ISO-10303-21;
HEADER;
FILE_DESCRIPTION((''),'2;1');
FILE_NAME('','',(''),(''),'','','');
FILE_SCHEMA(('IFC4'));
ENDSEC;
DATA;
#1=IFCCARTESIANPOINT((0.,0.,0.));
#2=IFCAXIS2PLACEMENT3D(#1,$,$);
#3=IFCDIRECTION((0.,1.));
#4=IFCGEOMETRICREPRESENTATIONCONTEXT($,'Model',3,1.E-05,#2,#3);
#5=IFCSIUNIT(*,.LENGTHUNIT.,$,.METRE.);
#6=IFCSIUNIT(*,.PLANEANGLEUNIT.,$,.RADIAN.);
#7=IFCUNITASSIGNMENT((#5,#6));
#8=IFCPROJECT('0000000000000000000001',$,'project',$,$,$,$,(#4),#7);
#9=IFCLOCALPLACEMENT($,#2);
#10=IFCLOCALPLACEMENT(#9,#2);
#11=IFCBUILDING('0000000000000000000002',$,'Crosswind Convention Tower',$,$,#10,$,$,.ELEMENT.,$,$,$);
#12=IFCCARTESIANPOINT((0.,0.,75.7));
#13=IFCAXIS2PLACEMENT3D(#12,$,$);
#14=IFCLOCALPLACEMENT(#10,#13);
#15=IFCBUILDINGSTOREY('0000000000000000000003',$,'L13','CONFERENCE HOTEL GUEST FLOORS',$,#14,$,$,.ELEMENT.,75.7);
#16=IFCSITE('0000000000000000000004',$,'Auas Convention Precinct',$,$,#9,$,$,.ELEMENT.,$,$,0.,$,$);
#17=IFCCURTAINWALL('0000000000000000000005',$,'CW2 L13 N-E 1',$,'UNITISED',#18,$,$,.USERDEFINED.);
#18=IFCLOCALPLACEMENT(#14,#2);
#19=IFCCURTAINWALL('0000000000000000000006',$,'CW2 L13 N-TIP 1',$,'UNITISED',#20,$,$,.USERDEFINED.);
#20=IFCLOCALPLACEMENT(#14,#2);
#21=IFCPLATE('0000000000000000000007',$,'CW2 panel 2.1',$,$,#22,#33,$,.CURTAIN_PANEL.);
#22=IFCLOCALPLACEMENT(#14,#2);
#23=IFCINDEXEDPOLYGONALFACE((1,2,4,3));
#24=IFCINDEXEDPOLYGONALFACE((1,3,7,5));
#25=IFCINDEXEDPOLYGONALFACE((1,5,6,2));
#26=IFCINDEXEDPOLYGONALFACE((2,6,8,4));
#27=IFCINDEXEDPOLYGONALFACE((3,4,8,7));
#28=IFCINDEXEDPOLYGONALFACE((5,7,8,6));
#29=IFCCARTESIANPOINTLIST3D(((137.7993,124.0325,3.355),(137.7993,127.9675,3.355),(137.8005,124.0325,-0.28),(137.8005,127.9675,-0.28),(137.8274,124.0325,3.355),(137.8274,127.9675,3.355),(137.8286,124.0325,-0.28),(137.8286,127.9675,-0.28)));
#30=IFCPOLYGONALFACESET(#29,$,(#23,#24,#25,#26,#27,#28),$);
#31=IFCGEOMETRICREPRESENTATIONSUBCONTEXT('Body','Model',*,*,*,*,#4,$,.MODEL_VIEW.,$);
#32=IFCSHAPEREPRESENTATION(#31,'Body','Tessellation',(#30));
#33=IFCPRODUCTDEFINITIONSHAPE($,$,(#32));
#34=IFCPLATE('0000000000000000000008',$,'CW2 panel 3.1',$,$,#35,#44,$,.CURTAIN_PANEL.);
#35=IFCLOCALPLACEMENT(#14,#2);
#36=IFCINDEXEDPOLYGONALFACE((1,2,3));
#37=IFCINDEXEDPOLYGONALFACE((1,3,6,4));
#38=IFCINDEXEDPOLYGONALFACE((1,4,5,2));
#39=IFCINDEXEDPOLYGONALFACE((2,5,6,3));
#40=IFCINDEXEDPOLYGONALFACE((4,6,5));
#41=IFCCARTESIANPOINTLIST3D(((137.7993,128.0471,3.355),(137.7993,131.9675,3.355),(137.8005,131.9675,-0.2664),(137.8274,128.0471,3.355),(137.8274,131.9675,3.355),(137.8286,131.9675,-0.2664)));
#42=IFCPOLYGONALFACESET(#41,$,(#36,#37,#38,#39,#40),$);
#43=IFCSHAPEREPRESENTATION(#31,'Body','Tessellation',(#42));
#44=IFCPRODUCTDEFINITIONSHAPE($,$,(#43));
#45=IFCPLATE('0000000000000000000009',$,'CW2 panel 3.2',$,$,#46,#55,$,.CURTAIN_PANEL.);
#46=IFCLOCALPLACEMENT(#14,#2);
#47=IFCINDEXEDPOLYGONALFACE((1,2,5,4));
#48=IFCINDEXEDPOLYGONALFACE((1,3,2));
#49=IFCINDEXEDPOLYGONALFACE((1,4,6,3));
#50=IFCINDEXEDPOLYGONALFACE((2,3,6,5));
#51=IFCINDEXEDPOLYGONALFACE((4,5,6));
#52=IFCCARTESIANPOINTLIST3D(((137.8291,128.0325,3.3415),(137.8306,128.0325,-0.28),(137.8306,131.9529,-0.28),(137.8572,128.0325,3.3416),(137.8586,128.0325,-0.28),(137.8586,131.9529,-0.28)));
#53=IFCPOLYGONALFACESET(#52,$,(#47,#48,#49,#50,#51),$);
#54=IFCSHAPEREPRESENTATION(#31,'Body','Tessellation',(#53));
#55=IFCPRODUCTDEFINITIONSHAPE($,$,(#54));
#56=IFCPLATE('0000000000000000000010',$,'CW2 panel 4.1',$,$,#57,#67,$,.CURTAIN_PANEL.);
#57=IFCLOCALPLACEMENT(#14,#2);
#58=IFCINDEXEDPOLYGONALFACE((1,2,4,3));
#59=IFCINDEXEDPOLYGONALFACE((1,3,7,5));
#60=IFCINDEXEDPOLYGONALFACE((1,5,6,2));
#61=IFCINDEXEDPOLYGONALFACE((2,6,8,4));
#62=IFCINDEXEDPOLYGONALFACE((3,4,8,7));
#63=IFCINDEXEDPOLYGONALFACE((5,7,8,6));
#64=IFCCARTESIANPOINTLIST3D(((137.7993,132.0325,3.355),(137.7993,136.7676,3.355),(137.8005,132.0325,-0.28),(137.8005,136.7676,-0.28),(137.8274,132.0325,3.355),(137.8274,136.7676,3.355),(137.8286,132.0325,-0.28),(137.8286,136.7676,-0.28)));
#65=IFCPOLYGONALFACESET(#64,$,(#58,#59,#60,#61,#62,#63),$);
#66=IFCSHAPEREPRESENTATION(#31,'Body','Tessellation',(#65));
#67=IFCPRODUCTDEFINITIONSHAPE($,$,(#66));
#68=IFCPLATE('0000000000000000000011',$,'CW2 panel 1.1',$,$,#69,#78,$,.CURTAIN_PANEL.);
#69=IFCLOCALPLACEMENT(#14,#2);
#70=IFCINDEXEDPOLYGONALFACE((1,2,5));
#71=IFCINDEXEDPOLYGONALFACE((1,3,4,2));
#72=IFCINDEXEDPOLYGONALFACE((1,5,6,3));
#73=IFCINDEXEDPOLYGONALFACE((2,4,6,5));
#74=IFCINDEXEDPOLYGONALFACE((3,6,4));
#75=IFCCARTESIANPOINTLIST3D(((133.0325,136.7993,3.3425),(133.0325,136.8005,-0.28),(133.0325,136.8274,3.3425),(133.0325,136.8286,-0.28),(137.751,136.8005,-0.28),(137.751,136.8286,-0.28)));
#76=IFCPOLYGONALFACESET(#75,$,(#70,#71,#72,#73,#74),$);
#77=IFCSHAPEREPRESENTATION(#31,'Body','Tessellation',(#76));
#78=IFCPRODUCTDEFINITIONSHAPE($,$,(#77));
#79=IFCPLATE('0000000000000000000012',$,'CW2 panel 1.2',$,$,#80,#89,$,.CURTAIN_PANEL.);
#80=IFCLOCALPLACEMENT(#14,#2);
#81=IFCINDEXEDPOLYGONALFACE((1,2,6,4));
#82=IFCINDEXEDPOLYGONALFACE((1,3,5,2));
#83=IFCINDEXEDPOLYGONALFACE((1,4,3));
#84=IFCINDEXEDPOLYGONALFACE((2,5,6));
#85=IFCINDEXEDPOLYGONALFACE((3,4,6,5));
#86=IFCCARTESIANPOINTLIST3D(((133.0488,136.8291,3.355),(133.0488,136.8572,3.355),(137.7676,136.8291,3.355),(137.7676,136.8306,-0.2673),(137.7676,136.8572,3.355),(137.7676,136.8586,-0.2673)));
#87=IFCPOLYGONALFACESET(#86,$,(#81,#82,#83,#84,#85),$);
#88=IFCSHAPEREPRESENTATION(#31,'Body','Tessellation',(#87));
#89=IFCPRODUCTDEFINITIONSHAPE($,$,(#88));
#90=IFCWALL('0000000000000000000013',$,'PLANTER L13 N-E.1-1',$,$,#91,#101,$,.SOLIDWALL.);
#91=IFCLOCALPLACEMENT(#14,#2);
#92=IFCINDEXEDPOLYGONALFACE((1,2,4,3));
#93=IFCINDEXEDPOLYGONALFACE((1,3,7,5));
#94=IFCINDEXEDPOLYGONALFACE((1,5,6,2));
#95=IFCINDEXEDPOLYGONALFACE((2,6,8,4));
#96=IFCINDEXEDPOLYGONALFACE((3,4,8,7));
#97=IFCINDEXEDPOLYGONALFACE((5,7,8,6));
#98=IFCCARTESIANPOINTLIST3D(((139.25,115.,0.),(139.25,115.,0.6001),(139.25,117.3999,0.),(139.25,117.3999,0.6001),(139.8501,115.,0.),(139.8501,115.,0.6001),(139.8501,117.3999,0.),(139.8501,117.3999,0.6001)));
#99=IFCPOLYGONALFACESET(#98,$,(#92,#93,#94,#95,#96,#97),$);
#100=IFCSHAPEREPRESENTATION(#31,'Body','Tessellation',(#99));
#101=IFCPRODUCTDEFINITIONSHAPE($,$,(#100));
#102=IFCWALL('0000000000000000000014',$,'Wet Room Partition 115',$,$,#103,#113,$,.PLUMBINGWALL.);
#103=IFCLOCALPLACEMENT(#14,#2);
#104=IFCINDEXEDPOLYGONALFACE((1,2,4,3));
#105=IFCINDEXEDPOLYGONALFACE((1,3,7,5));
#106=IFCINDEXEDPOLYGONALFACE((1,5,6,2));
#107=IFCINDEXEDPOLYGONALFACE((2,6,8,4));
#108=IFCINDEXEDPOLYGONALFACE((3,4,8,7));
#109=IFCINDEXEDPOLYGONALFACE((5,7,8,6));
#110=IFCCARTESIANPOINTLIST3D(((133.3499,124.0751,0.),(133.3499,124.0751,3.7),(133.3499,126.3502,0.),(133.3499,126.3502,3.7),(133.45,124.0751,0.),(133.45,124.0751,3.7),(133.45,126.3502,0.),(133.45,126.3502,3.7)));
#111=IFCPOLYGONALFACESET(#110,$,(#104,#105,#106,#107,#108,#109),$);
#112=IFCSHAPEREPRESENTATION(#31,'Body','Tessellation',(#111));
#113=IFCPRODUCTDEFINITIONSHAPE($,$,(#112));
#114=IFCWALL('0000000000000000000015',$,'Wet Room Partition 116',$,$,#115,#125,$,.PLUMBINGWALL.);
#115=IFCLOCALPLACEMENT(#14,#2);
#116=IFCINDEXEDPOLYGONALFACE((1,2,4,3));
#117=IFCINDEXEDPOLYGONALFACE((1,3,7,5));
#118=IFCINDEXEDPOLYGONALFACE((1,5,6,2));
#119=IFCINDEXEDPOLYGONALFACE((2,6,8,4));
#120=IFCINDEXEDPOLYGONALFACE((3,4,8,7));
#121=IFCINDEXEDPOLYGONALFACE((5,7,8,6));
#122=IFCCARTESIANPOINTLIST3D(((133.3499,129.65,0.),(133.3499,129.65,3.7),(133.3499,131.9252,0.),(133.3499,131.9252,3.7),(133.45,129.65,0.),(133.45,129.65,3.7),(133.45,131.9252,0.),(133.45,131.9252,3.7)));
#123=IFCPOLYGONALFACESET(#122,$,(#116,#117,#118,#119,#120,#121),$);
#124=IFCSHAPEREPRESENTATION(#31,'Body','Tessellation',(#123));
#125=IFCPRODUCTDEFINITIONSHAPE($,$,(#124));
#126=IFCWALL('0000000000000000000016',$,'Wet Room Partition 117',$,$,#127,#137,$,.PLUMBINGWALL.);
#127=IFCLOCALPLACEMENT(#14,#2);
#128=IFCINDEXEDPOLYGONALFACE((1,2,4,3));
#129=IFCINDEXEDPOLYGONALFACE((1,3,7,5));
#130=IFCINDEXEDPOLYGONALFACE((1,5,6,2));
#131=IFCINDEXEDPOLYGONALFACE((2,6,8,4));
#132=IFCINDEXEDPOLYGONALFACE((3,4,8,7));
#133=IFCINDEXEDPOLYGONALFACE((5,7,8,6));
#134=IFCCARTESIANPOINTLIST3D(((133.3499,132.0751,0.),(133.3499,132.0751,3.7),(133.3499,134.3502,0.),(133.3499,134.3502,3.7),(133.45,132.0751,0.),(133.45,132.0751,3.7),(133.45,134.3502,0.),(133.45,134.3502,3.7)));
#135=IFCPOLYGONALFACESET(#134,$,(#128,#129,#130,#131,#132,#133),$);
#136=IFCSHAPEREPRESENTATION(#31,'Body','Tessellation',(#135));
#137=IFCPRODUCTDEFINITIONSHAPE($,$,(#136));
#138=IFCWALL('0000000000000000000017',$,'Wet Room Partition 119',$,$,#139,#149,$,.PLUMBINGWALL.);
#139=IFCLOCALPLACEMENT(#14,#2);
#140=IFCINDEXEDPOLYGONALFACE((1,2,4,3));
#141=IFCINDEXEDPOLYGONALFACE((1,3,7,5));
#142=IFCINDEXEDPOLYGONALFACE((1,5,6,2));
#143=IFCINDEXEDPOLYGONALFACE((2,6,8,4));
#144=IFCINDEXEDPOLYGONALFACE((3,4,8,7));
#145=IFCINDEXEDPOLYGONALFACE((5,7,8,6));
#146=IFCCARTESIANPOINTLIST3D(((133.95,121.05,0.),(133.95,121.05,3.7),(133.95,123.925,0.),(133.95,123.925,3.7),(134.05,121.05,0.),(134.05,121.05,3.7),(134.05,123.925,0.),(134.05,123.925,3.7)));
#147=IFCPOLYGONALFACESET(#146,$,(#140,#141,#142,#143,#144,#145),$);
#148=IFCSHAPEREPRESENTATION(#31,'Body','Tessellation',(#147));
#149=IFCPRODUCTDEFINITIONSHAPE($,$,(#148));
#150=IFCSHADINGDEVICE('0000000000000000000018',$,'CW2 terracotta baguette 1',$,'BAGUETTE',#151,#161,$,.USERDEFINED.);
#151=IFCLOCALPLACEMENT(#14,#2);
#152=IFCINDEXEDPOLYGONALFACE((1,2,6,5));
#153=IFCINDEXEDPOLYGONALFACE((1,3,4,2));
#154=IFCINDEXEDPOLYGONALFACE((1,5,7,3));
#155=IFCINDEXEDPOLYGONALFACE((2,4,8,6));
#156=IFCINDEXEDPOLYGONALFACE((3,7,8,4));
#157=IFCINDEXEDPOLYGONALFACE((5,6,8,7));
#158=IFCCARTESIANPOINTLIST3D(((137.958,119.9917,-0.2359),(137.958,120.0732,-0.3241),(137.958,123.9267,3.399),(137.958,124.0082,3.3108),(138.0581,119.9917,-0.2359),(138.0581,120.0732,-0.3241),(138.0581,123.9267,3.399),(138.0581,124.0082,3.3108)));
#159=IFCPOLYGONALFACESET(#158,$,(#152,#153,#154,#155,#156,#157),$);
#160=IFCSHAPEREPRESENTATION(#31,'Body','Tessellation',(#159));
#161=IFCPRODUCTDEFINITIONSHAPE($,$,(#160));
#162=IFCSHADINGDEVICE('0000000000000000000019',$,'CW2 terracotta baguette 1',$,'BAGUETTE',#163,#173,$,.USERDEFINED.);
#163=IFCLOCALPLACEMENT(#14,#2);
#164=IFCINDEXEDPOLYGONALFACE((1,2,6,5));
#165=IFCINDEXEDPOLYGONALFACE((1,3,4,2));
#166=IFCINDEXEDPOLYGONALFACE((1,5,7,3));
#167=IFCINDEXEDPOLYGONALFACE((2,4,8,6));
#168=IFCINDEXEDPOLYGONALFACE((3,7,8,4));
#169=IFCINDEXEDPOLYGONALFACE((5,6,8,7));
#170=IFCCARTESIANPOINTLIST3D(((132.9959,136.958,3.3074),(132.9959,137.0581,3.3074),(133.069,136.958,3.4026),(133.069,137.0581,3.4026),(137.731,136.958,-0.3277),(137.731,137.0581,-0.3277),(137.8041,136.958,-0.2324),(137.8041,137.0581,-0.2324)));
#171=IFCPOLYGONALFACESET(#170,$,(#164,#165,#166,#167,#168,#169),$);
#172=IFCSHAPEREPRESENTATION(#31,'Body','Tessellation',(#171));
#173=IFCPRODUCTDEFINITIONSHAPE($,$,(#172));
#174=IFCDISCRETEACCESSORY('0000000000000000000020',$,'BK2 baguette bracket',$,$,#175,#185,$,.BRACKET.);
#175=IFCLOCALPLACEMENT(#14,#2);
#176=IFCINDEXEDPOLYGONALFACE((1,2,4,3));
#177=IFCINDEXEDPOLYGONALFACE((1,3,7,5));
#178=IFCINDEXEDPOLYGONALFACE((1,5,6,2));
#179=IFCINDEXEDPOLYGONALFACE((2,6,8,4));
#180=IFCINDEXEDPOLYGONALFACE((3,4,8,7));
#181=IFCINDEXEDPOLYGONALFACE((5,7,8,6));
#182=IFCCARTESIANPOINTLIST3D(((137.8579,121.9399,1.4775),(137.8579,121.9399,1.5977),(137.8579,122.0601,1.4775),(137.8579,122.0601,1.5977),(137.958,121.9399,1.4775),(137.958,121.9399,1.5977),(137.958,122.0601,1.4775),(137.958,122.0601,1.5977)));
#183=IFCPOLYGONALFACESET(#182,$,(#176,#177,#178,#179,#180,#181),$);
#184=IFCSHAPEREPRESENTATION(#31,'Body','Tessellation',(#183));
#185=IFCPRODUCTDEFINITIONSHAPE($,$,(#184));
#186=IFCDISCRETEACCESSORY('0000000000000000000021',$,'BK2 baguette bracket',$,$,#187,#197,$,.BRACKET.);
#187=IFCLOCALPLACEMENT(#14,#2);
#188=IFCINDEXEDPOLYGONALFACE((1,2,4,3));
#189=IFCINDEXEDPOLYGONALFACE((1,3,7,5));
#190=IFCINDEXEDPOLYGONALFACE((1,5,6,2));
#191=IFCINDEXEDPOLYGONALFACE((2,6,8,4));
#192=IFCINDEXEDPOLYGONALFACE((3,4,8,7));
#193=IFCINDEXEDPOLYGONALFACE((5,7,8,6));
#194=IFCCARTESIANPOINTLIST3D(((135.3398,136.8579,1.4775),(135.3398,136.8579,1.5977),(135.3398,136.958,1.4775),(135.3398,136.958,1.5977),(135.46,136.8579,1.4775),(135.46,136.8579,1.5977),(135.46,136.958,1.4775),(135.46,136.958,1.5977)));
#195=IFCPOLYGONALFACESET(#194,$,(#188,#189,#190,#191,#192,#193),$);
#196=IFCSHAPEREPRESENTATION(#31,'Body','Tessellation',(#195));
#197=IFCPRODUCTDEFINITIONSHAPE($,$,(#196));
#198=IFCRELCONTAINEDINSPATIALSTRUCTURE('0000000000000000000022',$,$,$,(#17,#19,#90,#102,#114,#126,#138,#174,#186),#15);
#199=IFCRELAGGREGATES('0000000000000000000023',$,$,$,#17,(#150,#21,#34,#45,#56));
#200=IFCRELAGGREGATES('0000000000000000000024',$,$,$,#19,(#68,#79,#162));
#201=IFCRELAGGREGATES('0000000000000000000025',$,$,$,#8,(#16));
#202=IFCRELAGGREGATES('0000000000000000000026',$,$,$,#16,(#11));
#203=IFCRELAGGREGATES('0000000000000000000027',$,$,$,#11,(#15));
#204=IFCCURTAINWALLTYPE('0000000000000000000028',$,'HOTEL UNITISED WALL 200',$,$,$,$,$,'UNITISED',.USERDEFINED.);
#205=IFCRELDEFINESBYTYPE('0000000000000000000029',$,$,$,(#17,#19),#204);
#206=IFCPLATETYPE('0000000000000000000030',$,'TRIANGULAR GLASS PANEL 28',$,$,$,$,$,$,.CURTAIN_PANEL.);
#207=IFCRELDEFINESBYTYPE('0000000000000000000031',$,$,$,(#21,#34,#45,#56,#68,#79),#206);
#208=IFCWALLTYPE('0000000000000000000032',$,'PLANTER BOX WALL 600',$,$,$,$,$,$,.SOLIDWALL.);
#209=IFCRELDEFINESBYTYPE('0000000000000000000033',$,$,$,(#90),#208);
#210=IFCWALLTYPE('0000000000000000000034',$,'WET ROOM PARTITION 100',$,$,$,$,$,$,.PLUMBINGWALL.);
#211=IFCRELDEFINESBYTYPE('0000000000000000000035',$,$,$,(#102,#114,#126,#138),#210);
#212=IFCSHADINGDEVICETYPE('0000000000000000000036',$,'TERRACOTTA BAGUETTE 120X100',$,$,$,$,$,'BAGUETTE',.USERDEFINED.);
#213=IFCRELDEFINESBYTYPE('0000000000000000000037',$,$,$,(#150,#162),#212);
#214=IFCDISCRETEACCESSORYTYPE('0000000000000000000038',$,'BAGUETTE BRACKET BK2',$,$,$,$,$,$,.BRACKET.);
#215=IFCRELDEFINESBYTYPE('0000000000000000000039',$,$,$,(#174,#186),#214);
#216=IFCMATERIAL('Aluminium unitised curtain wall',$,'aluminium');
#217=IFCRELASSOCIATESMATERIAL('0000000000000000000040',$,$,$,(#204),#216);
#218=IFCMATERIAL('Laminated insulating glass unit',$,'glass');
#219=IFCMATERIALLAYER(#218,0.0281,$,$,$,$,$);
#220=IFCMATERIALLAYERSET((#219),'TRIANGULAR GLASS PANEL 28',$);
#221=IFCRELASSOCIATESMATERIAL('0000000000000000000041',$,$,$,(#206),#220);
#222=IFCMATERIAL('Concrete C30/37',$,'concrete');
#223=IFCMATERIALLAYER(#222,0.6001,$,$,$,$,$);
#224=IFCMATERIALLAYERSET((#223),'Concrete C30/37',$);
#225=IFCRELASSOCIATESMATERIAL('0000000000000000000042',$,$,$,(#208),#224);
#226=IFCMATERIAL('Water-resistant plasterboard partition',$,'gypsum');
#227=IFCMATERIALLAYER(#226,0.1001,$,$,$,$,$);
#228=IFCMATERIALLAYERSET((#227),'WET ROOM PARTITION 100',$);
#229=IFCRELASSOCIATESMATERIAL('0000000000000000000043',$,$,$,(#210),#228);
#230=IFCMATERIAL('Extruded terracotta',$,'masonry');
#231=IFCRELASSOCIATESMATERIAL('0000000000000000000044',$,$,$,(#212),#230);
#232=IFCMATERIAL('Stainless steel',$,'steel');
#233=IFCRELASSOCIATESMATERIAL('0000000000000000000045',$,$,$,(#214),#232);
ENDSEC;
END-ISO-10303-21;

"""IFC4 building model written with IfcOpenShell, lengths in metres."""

from ifc_helpers import new_model, si_unit, direction, frame, frame_2d, origin, origin_2d, place, context, subcontext, project, spatial, polyline, rectangle, outline, extrude, material, layer, layer_set, material_profile, profile_set, type_object, element, aggregate, save


model = new_model("IFC4")

# Units and contexts
model_context = context("Model", 3, precision=1e-05, world=origin(), true_north=direction((0.0, 1.0)))
body_context = subcontext(model_context, "Body", "Model", "MODEL_VIEW")
ifc_project = project(units=[si_unit("LENGTHUNIT", "METRE"), si_unit("PLANEANGLEUNIT", "RADIAN")], contexts=[model_context])

# Site, building, storey
site_placement = place(None, origin())
site = spatial("IfcSite", under=ifc_project, at=site_placement, Name="Auas Convention Precinct", CompositionType="ELEMENT", RefElevation=0.0)
building_placement = place(site_placement, origin())
building = spatial("IfcBuilding", under=site, at=building_placement, Name="Crosswind Convention Tower", CompositionType="ELEMENT")
storey_placement = place(building_placement, frame((0.0, 0.0, 75.7)))
storey = spatial("IfcBuildingStorey", under=building, at=storey_placement, Name="L13", Description="CONFERENCE HOTEL GUEST FLOORS", CompositionType="ELEMENT", Elevation=75.7)

# Shared definitions
ifc_material_1 = material(Name="Aluminium unitised curtain wall", Category="aluminium")
curtain_wall_type = type_object("IfcCurtainWallType", Name="HOTEL UNITISED WALL 200", ElementType="UNITISED", PredefinedType="USERDEFINED", material=ifc_material_1)

# Curtain wall
curtain_wall_1_placement = place(storey_placement, origin())
curtain_wall_1 = element("IfcCurtainWall", 1, at=curtain_wall_1_placement, inside=storey, type_object=curtain_wall_type, Name="CW2 L13 N-E 1", ObjectType="UNITISED", PredefinedType="USERDEFINED")

# Curtain wall
curtain_wall_2_placement = place(storey_placement, origin())
curtain_wall_2 = element("IfcCurtainWall", 2, at=curtain_wall_2_placement, inside=storey, type_object=curtain_wall_type, Name="CW2 L13 N-TIP 1", ObjectType="UNITISED", PredefinedType="USERDEFINED")

# Plates
ifc_material_2 = material(Name="Laminated insulating glass unit", Category="glass")
ifc_layer_1 = layer(ifc_material_2, 0.0281)
ifc_layer_set_1 = layer_set([ifc_layer_1], Name="TRIANGULAR GLASS PANEL 28")
plate_type = type_object("IfcPlateType", Name="TRIANGULAR GLASS PANEL 28", PredefinedType="CURTAIN_PANEL", material=ifc_layer_set_1)
plate_1_placement = place(storey_placement, frame((137.8286, 124.0325, -0.28), z_axis=(1.0, 0.0, 0.000336), x_axis=(0.0, 1.0, 0.0)))
plate_1 = element("IfcPlate", 3, at=plate_1_placement, type_object=plate_type, Name="CW2 panel 2.1", PredefinedType="CURTAIN_PANEL", context=body_context, shape_type="SweptSolid", body=[
    extrude(outline(polyline([(0.0, 0.0), (3.9351, 0.0), (3.9351, 3.635), (0.0, 3.635), (0.0, 0.0)])), origin(), (0.0, 0.0, -1.0), 0.0281),
])
plate_2_placement = place(storey_placement, frame((137.8274, 131.9675, 3.355), z_axis=(1.0, 0.0, 0.000337), x_axis=(0.0, -1.0, 0.0)))
plate_2 = element("IfcPlate", 4, at=plate_2_placement, type_object=plate_type, Name="CW2 panel 3.1", PredefinedType="CURTAIN_PANEL", context=body_context, shape_type="SweptSolid", body=[
    extrude(outline(polyline([(0.0, 0.0), (3.9204, 0.0), (0.0, 3.6213), (0.0, 0.0)])), origin(), (0.0, 0.0, -1.0), 0.0281),
])
plate_3_placement = place(storey_placement, frame((137.8586, 128.0325, -0.28), z_axis=(1.0, 0.0, 0.000404), x_axis=(0.0, 1.0, 0.0)))
plate_3 = element("IfcPlate", 5, at=plate_3_placement, type_object=plate_type, Name="CW2 panel 3.2", PredefinedType="CURTAIN_PANEL", context=body_context, shape_type="SweptSolid", body=[
    extrude(outline(polyline([(0.0, 0.0), (3.9204, 0.0), (0.0, 3.6216), (0.0, 0.0)])), origin(), (0.0, 0.0, -1.0), 0.0281),
])
plate_4_placement = place(storey_placement, frame((137.8286, 132.0325, -0.28), z_axis=(1.0, 0.0, 0.000336), x_axis=(0.0, 1.0, 0.0)))
plate_4 = element("IfcPlate", 6, at=plate_4_placement, type_object=plate_type, Name="CW2 panel 4.1", PredefinedType="CURTAIN_PANEL", context=body_context, shape_type="SweptSolid", body=[
    extrude(outline(polyline([(0.0, 0.0), (4.7351, 0.0), (4.7351, 3.635), (0.0, 3.635), (0.0, 0.0)])), origin(), (0.0, 0.0, -1.0), 0.0281),
])
plate_5_placement = place(storey_placement, frame((133.0325, 136.8286, -0.28), z_axis=(0.0, 1.0, 0.000337), x_axis=(0.0, -0.000337, 1.0)))
plate_5 = element("IfcPlate", 7, at=plate_5_placement, type_object=plate_type, Name="CW2 panel 1.1", PredefinedType="CURTAIN_PANEL", context=body_context, shape_type="SweptSolid", body=[
    extrude(outline(polyline([(0.0, 0.0), (3.6226, 0.0), (0.0, 4.7185), (0.0, 0.0)])), origin(), (0.0, 0.0, -1.0), 0.0281),
])
plate_6_placement = place(storey_placement, frame((137.7676, 136.8572, 3.355), z_axis=(0.0, 1.0, 0.000404), x_axis=(0.0, 0.000404, -1.0)))
plate_6 = element("IfcPlate", 8, at=plate_6_placement, type_object=plate_type, Name="CW2 panel 1.2", PredefinedType="CURTAIN_PANEL", context=body_context, shape_type="SweptSolid", body=[
    extrude(outline(polyline([(0.0, 0.0), (3.6223, 0.0), (0.0, 4.7188), (0.0, 0.0)])), origin(), (0.0, 0.0, -1.0), 0.0281),
])

# Walls
ifc_material_3 = material(Name="Concrete C30/37", Category="concrete")
ifc_layer_2 = layer(ifc_material_3, 0.6001)
ifc_layer_set_2 = layer_set([ifc_layer_2], Name="Concrete C30/37")
wall_type_1 = type_object("IfcWallType", Name="PLANTER BOX WALL 600", PredefinedType="SOLIDWALL", material=ifc_layer_set_2)
wall_1_placement = place(storey_placement, frame((139.55, 115.0, 0.0), z_axis=(0.0, 0.0, 1.0), x_axis=(0.0, 1.0, 0.0)))
element("IfcWall", 9, at=wall_1_placement, inside=storey, type_object=wall_type_1, Name="PLANTER L13 N-E.1-1", PredefinedType="SOLIDWALL", context=body_context, shape_type="SweptSolid", body=[
    extrude(rectangle(XDim=2.3999, YDim=0.6001, at=frame_2d((1.2, 0.0))), origin(), (0.0, 0.0, 1.0), 0.6001),
])
ifc_material_4 = material(Name="Water-resistant plasterboard partition", Category="gypsum")
ifc_layer_3 = layer(ifc_material_4, 0.1001)
ifc_layer_set_3 = layer_set([ifc_layer_3], Name="WET ROOM PARTITION 100")
wall_type_2 = type_object("IfcWallType", Name="WET ROOM PARTITION 100", PredefinedType="PLUMBINGWALL", material=ifc_layer_set_3)
for number, where, z_axis, x_axis, name in (
    (10, (133.3999, 124.075, 0.0), (0.0, 0.0, 1.0), (0.0, 1.0, 0.0), "Wet Room Partition 115"),
    (11, (133.3999, 129.6499, 0.0), (0.0, 0.0, 1.0), (0.0, 1.0, 0.0), "Wet Room Partition 116"),
    (12, (133.3999, 132.075, 0.0), (0.0, 0.0, 1.0), (0.0, 1.0, 0.0), "Wet Room Partition 117"),
):
    element("IfcWall", number, at=place(storey_placement, frame(where, z_axis=z_axis, x_axis=x_axis)), inside=storey, type_object=wall_type_2, Name=name, PredefinedType="PLUMBINGWALL", context=body_context, shape_type="SweptSolid", body=[
        extrude(rectangle(XDim=2.2751, YDim=0.1001, at=frame_2d((1.1377, 0.0))), origin(), (0.0, 0.0, 1.0), 3.7),
    ])
wall_2_placement = place(storey_placement, frame((134.0, 121.05, 0.0), z_axis=(0.0, 0.0, 1.0), x_axis=(0.0, 1.0, 0.0)))
element("IfcWall", 13, at=wall_2_placement, inside=storey, type_object=wall_type_2, Name="Wet Room Partition 119", PredefinedType="PLUMBINGWALL", context=body_context, shape_type="SweptSolid", body=[
    extrude(rectangle(XDim=2.875, YDim=0.1001, at=frame_2d((1.4375, 0.0))), origin(), (0.0, 0.0, 1.0), 3.7),
])

# Shading devices
ifc_material_5 = material(Name="Extruded terracotta", Category="masonry")
ifc_material_profile_1 = material_profile(ifc_material_5, rectangle(XDim=0.1001, YDim=0.1201, at=origin_2d()), Name="TC 100X120")
ifc_profile_set_1 = profile_set([ifc_material_profile_1], Name="Extruded terracotta")
shading_device_type = type_object("IfcShadingDeviceType", Name="TERRACOTTA BAGUETTE 120X100", ElementType="BAGUETTE", PredefinedType="USERDEFINED", material=ifc_profile_set_1)
shading_device_1_placement = place(storey_placement, frame((138.0081, 120.0325, -0.28), z_axis=(0.0, 0.734557, 0.678547), x_axis=(-1.0, 0.0, 0.0)))
shading_device_1 = element("IfcShadingDevice", 14, at=shading_device_1_placement, type_object=shading_device_type, Name="CW2 terracotta baguette 1", ObjectType="BAGUETTE", PredefinedType="USERDEFINED", context=body_context, shape_type="SweptSolid", body=[
    extrude(rectangle(XDim=0.1001, YDim=0.1201, at=origin_2d()), origin(), (0.0, 0.0, 1.0), 5.3569),
])
aggregate(curtain_wall_1, [shading_device_1, plate_1, plate_2, plate_3, plate_4])
shading_device_2_placement = place(storey_placement, frame((137.7676, 137.0081, -0.28), z_axis=(-0.793221, 0.0, 0.608934), x_axis=(0.0, -1.0, 0.0)))
shading_device_2 = element("IfcShadingDevice", 15, at=shading_device_2_placement, type_object=shading_device_type, Name="CW2 terracotta baguette 1", ObjectType="BAGUETTE", PredefinedType="USERDEFINED", context=body_context, shape_type="SweptSolid", body=[
    extrude(rectangle(XDim=0.1001, YDim=0.1201, at=origin_2d()), origin(), (0.0, 0.0, 1.0), 5.9695),
])
aggregate(curtain_wall_2, [plate_5, plate_6, shading_device_2])

# Discrete accessories
ifc_material_6 = material(Name="Stainless steel", Category="steel")
discrete_accessory_type = type_object("IfcDiscreteAccessoryType", Name="BAGUETTE BRACKET BK2", PredefinedType="BRACKET", material=ifc_material_6)
for number, where, z_axis, x_axis, name in (
    (16, (137.908, 122.0, 1.4775), (0.0, 0.0, 1.0), (0.0, 1.0, 0.0), "BK2 baguette bracket"),
    (17, (135.3999, 136.908, 1.4775), (0.0, 0.0, 1.0), (-1.0, 0.0, 0.0), "BK2 baguette bracket"),
):
    element("IfcDiscreteAccessory", number, at=place(storey_placement, frame(where, z_axis=z_axis, x_axis=x_axis)), inside=storey, type_object=discrete_accessory_type, Name=name, PredefinedType="BRACKET", context=body_context, shape_type="SweptSolid", body=[
        extrude(rectangle(XDim=0.1201, YDim=0.1001, at=origin_2d()), origin(), (0.0, 0.0, 1.0), 0.1201),
    ])

save(model, "model.ifc")
